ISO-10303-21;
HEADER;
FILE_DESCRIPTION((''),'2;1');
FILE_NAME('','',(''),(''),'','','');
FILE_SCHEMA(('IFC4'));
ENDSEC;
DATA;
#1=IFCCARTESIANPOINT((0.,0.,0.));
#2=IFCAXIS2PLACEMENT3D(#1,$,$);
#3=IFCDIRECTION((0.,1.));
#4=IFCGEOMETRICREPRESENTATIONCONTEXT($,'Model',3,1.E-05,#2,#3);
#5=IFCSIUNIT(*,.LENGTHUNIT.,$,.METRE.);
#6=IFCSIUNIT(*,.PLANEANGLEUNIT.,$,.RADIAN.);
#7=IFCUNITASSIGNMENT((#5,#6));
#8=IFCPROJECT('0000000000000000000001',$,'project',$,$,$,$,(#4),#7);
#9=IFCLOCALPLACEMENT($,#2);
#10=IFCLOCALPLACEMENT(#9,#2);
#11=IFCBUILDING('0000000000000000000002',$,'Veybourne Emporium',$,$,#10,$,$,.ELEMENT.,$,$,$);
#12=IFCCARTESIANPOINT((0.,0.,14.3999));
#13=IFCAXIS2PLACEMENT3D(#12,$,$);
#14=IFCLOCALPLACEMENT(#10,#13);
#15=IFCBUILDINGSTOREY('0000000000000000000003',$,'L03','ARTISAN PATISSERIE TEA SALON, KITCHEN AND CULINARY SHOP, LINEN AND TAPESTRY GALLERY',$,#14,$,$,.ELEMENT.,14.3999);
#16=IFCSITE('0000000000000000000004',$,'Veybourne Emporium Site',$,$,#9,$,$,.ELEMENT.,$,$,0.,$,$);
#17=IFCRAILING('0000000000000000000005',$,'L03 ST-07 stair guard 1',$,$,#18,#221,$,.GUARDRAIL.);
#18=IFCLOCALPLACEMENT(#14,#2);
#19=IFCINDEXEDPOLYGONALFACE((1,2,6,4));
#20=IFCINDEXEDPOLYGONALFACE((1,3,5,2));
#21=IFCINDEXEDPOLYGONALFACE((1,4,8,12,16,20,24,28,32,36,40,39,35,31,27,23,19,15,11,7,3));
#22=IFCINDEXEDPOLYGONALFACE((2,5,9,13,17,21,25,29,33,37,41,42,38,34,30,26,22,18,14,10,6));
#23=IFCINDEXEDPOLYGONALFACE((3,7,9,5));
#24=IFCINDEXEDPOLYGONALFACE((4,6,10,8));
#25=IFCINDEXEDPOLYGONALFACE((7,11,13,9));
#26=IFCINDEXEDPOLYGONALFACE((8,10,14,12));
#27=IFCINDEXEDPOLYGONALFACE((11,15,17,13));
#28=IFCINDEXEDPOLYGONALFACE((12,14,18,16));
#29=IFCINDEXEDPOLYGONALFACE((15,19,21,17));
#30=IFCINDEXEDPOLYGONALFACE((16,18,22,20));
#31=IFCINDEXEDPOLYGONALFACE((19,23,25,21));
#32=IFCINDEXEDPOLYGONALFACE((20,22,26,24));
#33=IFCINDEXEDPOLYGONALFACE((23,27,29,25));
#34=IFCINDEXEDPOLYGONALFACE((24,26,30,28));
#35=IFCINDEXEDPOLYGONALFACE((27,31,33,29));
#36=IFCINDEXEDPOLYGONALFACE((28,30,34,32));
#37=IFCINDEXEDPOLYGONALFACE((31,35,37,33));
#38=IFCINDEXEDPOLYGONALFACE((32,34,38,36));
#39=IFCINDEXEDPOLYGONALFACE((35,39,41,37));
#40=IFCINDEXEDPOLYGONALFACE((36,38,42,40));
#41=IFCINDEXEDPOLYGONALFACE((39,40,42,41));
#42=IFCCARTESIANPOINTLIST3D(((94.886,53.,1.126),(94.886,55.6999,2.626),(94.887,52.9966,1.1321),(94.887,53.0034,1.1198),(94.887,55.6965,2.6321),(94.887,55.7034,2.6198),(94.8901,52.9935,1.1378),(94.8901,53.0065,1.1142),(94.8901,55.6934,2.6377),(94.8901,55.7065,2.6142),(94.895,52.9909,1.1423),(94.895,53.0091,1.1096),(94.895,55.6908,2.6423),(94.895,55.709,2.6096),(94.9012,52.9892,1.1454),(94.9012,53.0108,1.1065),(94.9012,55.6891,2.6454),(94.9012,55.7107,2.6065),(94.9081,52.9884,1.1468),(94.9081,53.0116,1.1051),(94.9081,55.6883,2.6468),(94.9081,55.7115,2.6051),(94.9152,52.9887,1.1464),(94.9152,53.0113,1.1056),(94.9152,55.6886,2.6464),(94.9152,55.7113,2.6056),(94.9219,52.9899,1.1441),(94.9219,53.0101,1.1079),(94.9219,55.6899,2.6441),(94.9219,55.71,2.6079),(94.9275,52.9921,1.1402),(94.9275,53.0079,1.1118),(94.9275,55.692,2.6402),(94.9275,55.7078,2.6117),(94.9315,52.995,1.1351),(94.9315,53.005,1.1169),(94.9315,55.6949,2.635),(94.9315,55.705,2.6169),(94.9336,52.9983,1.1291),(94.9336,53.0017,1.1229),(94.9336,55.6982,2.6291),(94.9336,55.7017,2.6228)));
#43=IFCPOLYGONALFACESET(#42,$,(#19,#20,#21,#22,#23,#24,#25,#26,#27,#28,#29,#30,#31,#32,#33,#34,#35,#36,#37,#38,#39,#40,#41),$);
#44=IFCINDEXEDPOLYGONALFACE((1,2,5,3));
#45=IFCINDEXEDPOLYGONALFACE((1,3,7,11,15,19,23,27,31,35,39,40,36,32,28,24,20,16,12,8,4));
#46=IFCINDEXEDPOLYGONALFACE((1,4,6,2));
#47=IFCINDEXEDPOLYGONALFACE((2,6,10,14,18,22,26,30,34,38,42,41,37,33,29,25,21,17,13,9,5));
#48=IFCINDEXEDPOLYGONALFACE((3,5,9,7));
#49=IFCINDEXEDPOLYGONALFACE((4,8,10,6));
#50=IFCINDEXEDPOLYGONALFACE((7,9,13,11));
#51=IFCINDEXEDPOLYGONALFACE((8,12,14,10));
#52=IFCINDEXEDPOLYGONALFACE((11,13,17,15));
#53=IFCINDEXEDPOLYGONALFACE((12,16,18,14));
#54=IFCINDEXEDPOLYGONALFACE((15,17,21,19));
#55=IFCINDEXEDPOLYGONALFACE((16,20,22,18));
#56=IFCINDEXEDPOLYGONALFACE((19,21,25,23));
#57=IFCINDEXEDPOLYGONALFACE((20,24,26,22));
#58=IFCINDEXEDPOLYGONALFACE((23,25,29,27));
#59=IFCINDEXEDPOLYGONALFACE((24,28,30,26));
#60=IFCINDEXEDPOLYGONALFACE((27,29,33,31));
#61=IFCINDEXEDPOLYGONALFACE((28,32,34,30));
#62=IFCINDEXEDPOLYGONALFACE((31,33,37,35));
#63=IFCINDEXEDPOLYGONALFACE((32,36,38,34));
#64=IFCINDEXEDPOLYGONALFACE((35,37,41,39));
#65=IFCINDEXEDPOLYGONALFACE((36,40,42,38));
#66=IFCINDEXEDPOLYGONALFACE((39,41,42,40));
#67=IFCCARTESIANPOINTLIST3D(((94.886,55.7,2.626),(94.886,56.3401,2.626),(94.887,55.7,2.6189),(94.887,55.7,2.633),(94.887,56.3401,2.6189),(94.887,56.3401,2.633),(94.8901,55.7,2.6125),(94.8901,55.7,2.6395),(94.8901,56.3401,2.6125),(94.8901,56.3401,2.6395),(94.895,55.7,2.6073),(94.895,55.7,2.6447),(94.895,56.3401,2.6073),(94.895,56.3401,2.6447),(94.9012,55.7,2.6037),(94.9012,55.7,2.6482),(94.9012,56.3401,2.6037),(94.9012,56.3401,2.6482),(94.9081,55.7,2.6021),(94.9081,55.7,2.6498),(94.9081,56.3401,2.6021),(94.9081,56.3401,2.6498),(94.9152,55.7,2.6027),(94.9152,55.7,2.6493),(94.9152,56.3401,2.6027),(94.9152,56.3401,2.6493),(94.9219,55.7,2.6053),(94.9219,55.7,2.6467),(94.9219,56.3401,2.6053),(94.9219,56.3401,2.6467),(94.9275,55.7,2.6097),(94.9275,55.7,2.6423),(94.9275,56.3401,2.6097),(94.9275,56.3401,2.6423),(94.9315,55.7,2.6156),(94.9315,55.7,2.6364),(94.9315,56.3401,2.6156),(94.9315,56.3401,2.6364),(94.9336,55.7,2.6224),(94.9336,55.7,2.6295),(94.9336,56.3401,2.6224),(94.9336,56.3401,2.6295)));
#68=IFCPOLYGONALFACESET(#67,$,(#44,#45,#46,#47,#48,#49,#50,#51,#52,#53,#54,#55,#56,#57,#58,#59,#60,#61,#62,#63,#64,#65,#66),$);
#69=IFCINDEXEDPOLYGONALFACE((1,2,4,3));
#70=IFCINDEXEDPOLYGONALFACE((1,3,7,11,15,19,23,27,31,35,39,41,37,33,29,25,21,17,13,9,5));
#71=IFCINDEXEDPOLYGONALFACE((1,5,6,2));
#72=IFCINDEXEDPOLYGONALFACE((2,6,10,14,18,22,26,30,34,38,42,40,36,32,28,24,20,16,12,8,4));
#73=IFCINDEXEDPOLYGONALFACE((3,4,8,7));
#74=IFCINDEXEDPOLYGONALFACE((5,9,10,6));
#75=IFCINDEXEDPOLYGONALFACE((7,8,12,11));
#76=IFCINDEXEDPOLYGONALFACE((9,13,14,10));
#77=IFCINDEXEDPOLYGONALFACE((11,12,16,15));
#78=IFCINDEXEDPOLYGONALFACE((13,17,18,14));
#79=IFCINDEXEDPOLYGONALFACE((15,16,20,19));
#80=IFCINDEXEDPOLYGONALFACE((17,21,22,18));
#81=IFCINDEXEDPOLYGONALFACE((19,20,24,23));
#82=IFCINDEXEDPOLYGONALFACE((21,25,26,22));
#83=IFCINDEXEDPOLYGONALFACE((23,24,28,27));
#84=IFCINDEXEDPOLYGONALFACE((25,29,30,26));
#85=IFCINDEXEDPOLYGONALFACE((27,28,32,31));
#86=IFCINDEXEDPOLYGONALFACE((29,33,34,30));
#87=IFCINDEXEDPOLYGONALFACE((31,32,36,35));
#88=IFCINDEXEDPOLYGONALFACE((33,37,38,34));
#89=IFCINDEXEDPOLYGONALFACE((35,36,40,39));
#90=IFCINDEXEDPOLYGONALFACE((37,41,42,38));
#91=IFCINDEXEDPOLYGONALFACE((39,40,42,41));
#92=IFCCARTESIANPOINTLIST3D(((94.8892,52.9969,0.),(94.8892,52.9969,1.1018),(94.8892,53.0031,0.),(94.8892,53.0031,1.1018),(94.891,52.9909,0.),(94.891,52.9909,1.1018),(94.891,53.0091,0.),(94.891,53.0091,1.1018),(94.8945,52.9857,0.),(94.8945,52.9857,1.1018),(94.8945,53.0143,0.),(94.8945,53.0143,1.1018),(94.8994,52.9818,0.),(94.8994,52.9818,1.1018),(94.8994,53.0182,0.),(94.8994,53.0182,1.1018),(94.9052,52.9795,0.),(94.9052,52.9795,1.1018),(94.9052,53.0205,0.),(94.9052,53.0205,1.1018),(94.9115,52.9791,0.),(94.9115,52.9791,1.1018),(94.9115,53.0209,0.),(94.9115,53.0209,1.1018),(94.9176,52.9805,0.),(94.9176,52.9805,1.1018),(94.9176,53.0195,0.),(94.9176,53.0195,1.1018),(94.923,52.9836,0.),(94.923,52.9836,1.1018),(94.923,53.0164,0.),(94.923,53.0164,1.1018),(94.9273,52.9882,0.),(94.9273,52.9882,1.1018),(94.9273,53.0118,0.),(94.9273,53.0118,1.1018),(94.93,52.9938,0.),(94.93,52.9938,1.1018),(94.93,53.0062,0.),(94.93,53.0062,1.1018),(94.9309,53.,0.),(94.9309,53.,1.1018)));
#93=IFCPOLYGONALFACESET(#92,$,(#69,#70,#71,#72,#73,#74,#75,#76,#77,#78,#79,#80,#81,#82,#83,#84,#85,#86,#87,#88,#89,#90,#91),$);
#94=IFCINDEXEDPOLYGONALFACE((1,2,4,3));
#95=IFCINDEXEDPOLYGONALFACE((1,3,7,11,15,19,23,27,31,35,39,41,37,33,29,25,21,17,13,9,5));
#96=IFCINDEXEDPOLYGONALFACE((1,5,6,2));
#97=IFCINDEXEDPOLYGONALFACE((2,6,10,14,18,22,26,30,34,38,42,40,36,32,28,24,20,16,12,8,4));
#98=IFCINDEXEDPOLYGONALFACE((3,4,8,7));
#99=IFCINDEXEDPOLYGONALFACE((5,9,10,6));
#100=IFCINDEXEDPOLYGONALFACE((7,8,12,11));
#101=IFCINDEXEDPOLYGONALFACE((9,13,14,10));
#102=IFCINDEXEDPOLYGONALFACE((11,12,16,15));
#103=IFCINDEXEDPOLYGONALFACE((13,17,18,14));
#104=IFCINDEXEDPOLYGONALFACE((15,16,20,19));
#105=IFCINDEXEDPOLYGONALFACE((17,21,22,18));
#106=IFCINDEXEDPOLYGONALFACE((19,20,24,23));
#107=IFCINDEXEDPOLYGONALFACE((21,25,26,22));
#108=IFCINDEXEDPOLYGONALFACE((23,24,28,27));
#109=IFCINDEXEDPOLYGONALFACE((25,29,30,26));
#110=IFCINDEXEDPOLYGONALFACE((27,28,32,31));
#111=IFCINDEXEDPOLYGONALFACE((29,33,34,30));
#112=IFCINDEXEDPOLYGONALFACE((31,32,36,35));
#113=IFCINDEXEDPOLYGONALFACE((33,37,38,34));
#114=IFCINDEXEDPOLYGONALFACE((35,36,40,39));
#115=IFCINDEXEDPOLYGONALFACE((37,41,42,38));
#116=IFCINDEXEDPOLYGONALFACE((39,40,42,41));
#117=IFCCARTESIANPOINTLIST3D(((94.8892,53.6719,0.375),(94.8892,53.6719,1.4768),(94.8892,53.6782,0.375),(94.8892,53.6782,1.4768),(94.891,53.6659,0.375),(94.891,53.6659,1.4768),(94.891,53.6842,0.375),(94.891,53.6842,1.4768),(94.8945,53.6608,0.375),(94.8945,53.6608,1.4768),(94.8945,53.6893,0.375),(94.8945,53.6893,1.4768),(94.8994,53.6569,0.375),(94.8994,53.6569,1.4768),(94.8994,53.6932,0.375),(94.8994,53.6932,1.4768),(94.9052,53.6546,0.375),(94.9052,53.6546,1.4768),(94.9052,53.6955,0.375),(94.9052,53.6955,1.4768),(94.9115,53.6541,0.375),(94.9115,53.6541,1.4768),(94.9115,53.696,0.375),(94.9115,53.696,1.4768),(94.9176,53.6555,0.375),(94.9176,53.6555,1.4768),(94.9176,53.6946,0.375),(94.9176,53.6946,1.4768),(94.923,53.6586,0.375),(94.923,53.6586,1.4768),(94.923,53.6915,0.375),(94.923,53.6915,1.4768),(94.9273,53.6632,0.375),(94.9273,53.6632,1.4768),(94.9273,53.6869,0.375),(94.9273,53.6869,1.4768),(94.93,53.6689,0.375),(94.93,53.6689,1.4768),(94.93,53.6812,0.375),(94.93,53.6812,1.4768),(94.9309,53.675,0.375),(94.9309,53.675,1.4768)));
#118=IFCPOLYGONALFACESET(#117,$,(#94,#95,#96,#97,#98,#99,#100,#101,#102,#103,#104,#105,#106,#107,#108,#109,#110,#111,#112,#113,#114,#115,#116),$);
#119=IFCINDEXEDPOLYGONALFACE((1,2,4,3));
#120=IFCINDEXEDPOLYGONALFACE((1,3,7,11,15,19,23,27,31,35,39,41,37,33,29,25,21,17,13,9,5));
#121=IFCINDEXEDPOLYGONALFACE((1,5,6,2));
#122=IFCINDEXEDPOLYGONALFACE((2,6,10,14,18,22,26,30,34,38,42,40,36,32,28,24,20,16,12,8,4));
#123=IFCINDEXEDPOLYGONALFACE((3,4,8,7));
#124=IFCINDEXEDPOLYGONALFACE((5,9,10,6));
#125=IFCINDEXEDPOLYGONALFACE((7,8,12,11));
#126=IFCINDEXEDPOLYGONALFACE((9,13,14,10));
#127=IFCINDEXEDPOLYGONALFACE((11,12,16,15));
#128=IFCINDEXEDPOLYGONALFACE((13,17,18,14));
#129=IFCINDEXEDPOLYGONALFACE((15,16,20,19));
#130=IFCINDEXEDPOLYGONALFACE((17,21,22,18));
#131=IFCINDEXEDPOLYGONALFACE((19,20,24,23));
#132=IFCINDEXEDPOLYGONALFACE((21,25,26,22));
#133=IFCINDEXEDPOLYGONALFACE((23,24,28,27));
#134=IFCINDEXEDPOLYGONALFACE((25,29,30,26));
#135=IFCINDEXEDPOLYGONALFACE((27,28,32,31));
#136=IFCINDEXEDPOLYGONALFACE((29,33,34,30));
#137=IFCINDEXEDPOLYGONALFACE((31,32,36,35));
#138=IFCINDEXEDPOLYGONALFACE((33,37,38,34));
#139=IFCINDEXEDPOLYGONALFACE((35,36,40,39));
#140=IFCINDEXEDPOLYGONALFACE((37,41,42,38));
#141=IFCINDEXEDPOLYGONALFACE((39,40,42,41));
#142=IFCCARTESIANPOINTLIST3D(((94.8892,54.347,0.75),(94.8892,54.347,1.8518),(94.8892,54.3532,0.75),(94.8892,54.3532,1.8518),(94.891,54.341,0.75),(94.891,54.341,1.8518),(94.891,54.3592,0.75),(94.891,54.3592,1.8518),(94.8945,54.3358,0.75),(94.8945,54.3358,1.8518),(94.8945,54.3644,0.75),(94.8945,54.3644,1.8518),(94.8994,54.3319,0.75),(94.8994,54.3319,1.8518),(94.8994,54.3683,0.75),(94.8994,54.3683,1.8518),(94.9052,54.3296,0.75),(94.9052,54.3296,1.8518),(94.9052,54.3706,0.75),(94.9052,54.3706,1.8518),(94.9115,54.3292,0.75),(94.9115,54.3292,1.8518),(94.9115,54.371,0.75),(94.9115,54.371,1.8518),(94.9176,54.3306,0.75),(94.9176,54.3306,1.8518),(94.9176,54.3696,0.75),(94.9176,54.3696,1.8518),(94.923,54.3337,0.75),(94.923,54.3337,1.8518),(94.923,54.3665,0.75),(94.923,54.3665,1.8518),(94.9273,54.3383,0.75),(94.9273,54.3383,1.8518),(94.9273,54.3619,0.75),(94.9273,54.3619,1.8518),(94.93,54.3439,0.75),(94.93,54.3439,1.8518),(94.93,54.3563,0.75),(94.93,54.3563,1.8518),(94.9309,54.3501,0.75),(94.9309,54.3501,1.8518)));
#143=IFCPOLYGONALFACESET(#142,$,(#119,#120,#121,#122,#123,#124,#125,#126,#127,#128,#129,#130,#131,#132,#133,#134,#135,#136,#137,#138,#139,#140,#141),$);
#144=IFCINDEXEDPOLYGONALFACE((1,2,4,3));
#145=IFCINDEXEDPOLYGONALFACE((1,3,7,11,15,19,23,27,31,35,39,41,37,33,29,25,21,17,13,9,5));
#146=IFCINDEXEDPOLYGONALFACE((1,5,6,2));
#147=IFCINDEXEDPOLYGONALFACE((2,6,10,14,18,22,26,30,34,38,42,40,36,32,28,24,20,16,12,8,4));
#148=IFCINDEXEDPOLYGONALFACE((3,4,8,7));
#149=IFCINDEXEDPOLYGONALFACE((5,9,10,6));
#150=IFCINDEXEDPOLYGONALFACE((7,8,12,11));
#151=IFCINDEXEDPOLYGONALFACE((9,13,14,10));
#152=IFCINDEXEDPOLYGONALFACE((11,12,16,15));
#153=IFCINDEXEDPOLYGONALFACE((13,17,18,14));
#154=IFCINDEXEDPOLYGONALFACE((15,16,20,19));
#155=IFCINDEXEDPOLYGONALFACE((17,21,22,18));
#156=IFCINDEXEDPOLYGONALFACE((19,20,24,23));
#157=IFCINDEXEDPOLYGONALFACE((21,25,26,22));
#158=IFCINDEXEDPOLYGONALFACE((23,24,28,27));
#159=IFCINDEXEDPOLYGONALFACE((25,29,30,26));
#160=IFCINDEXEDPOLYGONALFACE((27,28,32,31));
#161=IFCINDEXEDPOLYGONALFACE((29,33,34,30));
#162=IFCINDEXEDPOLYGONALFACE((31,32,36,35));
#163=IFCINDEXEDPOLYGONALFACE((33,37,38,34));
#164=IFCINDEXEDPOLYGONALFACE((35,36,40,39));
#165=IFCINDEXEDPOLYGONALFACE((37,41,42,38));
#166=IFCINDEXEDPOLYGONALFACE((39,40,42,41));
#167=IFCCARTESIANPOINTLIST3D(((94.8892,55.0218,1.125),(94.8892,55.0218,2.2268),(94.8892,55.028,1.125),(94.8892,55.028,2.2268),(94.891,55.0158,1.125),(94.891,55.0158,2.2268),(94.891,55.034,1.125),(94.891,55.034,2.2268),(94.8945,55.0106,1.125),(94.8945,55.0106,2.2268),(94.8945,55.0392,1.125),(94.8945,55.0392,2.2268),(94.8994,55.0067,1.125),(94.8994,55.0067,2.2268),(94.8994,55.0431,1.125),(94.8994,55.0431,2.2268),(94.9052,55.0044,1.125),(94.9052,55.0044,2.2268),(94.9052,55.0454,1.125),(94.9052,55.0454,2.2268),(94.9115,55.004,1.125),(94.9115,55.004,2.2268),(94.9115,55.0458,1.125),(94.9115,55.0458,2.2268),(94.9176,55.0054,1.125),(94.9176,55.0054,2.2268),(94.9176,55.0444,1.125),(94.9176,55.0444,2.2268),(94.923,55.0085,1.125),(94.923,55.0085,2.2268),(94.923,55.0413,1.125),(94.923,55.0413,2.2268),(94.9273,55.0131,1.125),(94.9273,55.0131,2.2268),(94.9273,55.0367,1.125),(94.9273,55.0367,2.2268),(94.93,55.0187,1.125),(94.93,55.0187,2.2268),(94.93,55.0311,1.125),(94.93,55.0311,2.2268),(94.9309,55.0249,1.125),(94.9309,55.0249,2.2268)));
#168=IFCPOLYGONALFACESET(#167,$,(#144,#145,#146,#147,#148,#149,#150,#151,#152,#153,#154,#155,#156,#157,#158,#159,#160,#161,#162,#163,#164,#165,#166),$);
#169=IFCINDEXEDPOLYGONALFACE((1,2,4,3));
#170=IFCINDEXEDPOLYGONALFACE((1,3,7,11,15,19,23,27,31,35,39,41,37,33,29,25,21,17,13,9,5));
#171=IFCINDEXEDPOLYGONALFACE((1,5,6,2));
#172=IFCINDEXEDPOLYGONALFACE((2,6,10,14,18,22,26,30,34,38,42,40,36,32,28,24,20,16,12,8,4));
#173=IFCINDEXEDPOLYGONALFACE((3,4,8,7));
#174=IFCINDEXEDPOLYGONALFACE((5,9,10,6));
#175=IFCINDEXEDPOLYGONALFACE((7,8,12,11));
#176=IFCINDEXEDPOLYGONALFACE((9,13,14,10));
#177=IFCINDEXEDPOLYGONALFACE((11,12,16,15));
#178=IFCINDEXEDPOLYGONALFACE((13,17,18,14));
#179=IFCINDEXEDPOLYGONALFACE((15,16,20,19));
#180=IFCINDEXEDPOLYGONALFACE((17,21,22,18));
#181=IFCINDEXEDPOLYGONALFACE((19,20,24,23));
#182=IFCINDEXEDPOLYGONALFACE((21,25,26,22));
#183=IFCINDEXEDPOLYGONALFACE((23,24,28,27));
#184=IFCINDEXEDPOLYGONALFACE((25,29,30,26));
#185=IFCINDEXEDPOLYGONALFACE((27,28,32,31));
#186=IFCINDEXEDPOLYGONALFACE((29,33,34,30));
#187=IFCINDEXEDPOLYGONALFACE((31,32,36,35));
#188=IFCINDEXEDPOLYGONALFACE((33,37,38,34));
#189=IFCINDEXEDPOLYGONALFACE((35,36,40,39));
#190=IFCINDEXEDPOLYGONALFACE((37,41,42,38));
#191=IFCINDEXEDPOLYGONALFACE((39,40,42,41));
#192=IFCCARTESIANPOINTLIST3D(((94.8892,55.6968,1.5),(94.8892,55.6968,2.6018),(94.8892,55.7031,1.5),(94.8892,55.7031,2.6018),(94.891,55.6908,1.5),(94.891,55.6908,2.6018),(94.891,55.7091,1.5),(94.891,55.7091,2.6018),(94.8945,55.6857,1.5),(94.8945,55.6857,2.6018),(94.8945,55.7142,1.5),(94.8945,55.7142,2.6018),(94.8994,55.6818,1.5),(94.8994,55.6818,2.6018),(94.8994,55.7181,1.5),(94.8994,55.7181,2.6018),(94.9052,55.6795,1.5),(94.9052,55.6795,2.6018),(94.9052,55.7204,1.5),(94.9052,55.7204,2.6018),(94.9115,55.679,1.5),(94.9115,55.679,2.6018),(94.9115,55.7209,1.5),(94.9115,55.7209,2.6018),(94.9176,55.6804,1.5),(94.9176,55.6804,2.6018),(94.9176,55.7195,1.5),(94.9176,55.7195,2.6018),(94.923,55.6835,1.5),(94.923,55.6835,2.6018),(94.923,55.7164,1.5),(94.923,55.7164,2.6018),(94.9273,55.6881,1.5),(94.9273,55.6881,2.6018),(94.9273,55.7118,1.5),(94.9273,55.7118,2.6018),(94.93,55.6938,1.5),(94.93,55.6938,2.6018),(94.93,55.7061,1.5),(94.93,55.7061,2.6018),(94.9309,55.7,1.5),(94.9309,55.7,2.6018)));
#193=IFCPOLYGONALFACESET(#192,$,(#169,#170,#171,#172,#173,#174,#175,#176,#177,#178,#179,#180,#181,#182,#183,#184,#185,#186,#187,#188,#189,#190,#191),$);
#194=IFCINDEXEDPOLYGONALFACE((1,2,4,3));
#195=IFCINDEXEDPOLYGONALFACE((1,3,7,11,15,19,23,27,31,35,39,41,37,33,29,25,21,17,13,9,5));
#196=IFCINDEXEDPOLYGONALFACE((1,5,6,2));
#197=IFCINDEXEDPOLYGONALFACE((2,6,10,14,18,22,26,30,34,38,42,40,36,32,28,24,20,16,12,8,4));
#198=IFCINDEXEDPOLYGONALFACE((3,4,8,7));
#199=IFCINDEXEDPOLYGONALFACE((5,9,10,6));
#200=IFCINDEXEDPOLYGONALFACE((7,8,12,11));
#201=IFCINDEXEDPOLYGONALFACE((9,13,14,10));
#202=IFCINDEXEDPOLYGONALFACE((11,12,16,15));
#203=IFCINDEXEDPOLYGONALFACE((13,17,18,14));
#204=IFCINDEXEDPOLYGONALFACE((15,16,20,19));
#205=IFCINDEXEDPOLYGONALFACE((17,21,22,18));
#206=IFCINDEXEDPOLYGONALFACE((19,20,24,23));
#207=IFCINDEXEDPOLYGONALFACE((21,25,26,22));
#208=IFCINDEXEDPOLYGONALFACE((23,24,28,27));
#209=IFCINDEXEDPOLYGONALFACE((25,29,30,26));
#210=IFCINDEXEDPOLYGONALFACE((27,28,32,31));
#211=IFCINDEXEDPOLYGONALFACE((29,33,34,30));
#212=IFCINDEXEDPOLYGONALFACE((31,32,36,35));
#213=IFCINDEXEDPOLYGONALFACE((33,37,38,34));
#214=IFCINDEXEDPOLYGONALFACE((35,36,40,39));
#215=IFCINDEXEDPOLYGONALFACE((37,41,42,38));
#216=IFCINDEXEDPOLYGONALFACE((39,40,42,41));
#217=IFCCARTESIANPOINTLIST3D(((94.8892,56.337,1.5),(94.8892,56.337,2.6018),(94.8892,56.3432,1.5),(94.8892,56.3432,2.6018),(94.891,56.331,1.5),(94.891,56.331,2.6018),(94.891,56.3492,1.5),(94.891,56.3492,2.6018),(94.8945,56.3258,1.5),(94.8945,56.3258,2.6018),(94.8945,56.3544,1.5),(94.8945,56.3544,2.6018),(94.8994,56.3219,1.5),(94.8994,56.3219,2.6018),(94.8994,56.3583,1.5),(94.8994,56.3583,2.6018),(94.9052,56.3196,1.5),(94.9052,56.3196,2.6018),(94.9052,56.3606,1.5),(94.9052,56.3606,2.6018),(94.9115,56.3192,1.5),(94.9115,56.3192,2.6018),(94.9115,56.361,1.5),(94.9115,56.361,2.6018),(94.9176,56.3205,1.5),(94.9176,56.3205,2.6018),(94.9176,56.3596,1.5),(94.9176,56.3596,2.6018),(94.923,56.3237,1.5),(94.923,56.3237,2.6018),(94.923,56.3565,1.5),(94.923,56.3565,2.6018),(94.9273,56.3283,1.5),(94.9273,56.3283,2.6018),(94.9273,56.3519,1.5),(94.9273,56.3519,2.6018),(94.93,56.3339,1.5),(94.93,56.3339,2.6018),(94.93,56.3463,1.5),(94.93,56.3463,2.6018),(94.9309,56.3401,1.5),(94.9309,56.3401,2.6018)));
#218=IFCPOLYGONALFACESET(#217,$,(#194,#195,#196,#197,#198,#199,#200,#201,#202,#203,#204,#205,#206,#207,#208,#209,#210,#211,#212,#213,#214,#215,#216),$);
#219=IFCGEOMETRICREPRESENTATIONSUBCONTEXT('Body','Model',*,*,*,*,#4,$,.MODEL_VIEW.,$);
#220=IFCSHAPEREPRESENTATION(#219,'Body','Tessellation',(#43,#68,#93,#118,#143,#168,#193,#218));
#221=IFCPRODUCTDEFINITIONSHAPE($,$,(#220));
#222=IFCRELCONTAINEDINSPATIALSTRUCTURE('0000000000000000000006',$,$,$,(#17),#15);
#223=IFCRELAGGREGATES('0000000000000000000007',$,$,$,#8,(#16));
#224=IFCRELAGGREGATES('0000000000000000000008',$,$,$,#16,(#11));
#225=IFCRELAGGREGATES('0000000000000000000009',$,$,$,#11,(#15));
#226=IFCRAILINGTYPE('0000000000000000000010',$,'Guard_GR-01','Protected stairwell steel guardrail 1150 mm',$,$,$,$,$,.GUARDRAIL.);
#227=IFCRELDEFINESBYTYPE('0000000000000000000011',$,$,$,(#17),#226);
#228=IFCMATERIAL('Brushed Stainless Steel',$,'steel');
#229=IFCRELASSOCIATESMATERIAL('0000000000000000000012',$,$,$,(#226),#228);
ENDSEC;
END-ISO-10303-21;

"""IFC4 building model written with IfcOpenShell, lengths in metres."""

from ifc_helpers import new_model, si_unit, direction, frame, origin, origin_2d, place, context, subcontext, project, spatial, circle, extrude, material, type_object, element, save


model = new_model("IFC4")

# Units and contexts
model_context = context("Model", 3, precision=1e-05, world=origin(), true_north=direction((0.0, 1.0)))
body_context = subcontext(model_context, "Body", "Model", "MODEL_VIEW")
ifc_project = project(units=[si_unit("LENGTHUNIT", "METRE"), si_unit("PLANEANGLEUNIT", "RADIAN")], contexts=[model_context])

# Site, building, storey
site_placement = place(None, origin())
site = spatial("IfcSite", under=ifc_project, at=site_placement, Name="Veybourne Emporium Site", CompositionType="ELEMENT", RefElevation=0.0)
building_placement = place(site_placement, origin())
building = spatial("IfcBuilding", under=site, at=building_placement, Name="Veybourne Emporium", CompositionType="ELEMENT")
storey_placement = place(building_placement, frame((0.0, 0.0, 14.3999)))
storey = spatial("IfcBuildingStorey", under=building, at=storey_placement, Name="L03", Description="ARTISAN PATISSERIE TEA SALON, KITCHEN AND CULINARY SHOP, LINEN AND TAPESTRY GALLERY", CompositionType="ELEMENT", Elevation=14.3999)

# Railing
ifc_material_1 = material(Name="Brushed Stainless Steel", Category="steel")
railing_type_1 = type_object("IfcRailingType", Name="Guard_GR-01", Description="Protected stairwell steel guardrail 1150 mm", PredefinedType="GUARDRAIL", material=ifc_material_1)
railing_1_placement = place(storey_placement, frame((94.9099, 53.0, 0.0)))
element("IfcRailing", 1, at=railing_1_placement, inside=storey, type_object=railing_type_1, Name="L03 ST-07 stair guard 1", PredefinedType="GUARDRAIL", context=body_context, shape_type="SweptSolid", body=[
    extrude(circle(Radius=0.0239, at=origin_2d()), frame((0.0, 0.0, 1.126), z_axis=(0.0, 0.874154, 0.48565), x_axis=(-1.0, 0.0, 0.0)), (0.0, 0.0, 1.0), 3.0886),
    extrude(circle(Radius=0.0239, at=origin_2d()), frame((0.0, 2.7, 2.626), z_axis=(0.0, 1.0, 0.0), x_axis=(-1.0, 0.0, 0.0)), (0.0, 0.0, 1.0), 0.6401),
    extrude(circle(Radius=0.021, at=origin_2d()), origin(), (0.0, 0.0, 1.0), 1.1018),
    extrude(circle(Radius=0.021, at=origin_2d()), frame((0.0, 0.675, 0.375)), (0.0, 0.0, 1.0), 1.1018),
    extrude(circle(Radius=0.021, at=origin_2d()), frame((0.0, 1.3501, 0.75)), (0.0, 0.0, 1.0), 1.1018),
    extrude(circle(Radius=0.021, at=origin_2d()), frame((0.0, 2.0249, 1.125)), (0.0, 0.0, 1.0), 1.1018),
    extrude(circle(Radius=0.021, at=origin_2d()), frame((0.0, 2.7, 1.5)), (0.0, 0.0, 1.0), 1.1018),
    extrude(circle(Radius=0.021, at=origin_2d()), frame((0.0, 3.3401, 1.5)), (0.0, 0.0, 1.0), 1.1018),
])

save(model, "model.ifc")
